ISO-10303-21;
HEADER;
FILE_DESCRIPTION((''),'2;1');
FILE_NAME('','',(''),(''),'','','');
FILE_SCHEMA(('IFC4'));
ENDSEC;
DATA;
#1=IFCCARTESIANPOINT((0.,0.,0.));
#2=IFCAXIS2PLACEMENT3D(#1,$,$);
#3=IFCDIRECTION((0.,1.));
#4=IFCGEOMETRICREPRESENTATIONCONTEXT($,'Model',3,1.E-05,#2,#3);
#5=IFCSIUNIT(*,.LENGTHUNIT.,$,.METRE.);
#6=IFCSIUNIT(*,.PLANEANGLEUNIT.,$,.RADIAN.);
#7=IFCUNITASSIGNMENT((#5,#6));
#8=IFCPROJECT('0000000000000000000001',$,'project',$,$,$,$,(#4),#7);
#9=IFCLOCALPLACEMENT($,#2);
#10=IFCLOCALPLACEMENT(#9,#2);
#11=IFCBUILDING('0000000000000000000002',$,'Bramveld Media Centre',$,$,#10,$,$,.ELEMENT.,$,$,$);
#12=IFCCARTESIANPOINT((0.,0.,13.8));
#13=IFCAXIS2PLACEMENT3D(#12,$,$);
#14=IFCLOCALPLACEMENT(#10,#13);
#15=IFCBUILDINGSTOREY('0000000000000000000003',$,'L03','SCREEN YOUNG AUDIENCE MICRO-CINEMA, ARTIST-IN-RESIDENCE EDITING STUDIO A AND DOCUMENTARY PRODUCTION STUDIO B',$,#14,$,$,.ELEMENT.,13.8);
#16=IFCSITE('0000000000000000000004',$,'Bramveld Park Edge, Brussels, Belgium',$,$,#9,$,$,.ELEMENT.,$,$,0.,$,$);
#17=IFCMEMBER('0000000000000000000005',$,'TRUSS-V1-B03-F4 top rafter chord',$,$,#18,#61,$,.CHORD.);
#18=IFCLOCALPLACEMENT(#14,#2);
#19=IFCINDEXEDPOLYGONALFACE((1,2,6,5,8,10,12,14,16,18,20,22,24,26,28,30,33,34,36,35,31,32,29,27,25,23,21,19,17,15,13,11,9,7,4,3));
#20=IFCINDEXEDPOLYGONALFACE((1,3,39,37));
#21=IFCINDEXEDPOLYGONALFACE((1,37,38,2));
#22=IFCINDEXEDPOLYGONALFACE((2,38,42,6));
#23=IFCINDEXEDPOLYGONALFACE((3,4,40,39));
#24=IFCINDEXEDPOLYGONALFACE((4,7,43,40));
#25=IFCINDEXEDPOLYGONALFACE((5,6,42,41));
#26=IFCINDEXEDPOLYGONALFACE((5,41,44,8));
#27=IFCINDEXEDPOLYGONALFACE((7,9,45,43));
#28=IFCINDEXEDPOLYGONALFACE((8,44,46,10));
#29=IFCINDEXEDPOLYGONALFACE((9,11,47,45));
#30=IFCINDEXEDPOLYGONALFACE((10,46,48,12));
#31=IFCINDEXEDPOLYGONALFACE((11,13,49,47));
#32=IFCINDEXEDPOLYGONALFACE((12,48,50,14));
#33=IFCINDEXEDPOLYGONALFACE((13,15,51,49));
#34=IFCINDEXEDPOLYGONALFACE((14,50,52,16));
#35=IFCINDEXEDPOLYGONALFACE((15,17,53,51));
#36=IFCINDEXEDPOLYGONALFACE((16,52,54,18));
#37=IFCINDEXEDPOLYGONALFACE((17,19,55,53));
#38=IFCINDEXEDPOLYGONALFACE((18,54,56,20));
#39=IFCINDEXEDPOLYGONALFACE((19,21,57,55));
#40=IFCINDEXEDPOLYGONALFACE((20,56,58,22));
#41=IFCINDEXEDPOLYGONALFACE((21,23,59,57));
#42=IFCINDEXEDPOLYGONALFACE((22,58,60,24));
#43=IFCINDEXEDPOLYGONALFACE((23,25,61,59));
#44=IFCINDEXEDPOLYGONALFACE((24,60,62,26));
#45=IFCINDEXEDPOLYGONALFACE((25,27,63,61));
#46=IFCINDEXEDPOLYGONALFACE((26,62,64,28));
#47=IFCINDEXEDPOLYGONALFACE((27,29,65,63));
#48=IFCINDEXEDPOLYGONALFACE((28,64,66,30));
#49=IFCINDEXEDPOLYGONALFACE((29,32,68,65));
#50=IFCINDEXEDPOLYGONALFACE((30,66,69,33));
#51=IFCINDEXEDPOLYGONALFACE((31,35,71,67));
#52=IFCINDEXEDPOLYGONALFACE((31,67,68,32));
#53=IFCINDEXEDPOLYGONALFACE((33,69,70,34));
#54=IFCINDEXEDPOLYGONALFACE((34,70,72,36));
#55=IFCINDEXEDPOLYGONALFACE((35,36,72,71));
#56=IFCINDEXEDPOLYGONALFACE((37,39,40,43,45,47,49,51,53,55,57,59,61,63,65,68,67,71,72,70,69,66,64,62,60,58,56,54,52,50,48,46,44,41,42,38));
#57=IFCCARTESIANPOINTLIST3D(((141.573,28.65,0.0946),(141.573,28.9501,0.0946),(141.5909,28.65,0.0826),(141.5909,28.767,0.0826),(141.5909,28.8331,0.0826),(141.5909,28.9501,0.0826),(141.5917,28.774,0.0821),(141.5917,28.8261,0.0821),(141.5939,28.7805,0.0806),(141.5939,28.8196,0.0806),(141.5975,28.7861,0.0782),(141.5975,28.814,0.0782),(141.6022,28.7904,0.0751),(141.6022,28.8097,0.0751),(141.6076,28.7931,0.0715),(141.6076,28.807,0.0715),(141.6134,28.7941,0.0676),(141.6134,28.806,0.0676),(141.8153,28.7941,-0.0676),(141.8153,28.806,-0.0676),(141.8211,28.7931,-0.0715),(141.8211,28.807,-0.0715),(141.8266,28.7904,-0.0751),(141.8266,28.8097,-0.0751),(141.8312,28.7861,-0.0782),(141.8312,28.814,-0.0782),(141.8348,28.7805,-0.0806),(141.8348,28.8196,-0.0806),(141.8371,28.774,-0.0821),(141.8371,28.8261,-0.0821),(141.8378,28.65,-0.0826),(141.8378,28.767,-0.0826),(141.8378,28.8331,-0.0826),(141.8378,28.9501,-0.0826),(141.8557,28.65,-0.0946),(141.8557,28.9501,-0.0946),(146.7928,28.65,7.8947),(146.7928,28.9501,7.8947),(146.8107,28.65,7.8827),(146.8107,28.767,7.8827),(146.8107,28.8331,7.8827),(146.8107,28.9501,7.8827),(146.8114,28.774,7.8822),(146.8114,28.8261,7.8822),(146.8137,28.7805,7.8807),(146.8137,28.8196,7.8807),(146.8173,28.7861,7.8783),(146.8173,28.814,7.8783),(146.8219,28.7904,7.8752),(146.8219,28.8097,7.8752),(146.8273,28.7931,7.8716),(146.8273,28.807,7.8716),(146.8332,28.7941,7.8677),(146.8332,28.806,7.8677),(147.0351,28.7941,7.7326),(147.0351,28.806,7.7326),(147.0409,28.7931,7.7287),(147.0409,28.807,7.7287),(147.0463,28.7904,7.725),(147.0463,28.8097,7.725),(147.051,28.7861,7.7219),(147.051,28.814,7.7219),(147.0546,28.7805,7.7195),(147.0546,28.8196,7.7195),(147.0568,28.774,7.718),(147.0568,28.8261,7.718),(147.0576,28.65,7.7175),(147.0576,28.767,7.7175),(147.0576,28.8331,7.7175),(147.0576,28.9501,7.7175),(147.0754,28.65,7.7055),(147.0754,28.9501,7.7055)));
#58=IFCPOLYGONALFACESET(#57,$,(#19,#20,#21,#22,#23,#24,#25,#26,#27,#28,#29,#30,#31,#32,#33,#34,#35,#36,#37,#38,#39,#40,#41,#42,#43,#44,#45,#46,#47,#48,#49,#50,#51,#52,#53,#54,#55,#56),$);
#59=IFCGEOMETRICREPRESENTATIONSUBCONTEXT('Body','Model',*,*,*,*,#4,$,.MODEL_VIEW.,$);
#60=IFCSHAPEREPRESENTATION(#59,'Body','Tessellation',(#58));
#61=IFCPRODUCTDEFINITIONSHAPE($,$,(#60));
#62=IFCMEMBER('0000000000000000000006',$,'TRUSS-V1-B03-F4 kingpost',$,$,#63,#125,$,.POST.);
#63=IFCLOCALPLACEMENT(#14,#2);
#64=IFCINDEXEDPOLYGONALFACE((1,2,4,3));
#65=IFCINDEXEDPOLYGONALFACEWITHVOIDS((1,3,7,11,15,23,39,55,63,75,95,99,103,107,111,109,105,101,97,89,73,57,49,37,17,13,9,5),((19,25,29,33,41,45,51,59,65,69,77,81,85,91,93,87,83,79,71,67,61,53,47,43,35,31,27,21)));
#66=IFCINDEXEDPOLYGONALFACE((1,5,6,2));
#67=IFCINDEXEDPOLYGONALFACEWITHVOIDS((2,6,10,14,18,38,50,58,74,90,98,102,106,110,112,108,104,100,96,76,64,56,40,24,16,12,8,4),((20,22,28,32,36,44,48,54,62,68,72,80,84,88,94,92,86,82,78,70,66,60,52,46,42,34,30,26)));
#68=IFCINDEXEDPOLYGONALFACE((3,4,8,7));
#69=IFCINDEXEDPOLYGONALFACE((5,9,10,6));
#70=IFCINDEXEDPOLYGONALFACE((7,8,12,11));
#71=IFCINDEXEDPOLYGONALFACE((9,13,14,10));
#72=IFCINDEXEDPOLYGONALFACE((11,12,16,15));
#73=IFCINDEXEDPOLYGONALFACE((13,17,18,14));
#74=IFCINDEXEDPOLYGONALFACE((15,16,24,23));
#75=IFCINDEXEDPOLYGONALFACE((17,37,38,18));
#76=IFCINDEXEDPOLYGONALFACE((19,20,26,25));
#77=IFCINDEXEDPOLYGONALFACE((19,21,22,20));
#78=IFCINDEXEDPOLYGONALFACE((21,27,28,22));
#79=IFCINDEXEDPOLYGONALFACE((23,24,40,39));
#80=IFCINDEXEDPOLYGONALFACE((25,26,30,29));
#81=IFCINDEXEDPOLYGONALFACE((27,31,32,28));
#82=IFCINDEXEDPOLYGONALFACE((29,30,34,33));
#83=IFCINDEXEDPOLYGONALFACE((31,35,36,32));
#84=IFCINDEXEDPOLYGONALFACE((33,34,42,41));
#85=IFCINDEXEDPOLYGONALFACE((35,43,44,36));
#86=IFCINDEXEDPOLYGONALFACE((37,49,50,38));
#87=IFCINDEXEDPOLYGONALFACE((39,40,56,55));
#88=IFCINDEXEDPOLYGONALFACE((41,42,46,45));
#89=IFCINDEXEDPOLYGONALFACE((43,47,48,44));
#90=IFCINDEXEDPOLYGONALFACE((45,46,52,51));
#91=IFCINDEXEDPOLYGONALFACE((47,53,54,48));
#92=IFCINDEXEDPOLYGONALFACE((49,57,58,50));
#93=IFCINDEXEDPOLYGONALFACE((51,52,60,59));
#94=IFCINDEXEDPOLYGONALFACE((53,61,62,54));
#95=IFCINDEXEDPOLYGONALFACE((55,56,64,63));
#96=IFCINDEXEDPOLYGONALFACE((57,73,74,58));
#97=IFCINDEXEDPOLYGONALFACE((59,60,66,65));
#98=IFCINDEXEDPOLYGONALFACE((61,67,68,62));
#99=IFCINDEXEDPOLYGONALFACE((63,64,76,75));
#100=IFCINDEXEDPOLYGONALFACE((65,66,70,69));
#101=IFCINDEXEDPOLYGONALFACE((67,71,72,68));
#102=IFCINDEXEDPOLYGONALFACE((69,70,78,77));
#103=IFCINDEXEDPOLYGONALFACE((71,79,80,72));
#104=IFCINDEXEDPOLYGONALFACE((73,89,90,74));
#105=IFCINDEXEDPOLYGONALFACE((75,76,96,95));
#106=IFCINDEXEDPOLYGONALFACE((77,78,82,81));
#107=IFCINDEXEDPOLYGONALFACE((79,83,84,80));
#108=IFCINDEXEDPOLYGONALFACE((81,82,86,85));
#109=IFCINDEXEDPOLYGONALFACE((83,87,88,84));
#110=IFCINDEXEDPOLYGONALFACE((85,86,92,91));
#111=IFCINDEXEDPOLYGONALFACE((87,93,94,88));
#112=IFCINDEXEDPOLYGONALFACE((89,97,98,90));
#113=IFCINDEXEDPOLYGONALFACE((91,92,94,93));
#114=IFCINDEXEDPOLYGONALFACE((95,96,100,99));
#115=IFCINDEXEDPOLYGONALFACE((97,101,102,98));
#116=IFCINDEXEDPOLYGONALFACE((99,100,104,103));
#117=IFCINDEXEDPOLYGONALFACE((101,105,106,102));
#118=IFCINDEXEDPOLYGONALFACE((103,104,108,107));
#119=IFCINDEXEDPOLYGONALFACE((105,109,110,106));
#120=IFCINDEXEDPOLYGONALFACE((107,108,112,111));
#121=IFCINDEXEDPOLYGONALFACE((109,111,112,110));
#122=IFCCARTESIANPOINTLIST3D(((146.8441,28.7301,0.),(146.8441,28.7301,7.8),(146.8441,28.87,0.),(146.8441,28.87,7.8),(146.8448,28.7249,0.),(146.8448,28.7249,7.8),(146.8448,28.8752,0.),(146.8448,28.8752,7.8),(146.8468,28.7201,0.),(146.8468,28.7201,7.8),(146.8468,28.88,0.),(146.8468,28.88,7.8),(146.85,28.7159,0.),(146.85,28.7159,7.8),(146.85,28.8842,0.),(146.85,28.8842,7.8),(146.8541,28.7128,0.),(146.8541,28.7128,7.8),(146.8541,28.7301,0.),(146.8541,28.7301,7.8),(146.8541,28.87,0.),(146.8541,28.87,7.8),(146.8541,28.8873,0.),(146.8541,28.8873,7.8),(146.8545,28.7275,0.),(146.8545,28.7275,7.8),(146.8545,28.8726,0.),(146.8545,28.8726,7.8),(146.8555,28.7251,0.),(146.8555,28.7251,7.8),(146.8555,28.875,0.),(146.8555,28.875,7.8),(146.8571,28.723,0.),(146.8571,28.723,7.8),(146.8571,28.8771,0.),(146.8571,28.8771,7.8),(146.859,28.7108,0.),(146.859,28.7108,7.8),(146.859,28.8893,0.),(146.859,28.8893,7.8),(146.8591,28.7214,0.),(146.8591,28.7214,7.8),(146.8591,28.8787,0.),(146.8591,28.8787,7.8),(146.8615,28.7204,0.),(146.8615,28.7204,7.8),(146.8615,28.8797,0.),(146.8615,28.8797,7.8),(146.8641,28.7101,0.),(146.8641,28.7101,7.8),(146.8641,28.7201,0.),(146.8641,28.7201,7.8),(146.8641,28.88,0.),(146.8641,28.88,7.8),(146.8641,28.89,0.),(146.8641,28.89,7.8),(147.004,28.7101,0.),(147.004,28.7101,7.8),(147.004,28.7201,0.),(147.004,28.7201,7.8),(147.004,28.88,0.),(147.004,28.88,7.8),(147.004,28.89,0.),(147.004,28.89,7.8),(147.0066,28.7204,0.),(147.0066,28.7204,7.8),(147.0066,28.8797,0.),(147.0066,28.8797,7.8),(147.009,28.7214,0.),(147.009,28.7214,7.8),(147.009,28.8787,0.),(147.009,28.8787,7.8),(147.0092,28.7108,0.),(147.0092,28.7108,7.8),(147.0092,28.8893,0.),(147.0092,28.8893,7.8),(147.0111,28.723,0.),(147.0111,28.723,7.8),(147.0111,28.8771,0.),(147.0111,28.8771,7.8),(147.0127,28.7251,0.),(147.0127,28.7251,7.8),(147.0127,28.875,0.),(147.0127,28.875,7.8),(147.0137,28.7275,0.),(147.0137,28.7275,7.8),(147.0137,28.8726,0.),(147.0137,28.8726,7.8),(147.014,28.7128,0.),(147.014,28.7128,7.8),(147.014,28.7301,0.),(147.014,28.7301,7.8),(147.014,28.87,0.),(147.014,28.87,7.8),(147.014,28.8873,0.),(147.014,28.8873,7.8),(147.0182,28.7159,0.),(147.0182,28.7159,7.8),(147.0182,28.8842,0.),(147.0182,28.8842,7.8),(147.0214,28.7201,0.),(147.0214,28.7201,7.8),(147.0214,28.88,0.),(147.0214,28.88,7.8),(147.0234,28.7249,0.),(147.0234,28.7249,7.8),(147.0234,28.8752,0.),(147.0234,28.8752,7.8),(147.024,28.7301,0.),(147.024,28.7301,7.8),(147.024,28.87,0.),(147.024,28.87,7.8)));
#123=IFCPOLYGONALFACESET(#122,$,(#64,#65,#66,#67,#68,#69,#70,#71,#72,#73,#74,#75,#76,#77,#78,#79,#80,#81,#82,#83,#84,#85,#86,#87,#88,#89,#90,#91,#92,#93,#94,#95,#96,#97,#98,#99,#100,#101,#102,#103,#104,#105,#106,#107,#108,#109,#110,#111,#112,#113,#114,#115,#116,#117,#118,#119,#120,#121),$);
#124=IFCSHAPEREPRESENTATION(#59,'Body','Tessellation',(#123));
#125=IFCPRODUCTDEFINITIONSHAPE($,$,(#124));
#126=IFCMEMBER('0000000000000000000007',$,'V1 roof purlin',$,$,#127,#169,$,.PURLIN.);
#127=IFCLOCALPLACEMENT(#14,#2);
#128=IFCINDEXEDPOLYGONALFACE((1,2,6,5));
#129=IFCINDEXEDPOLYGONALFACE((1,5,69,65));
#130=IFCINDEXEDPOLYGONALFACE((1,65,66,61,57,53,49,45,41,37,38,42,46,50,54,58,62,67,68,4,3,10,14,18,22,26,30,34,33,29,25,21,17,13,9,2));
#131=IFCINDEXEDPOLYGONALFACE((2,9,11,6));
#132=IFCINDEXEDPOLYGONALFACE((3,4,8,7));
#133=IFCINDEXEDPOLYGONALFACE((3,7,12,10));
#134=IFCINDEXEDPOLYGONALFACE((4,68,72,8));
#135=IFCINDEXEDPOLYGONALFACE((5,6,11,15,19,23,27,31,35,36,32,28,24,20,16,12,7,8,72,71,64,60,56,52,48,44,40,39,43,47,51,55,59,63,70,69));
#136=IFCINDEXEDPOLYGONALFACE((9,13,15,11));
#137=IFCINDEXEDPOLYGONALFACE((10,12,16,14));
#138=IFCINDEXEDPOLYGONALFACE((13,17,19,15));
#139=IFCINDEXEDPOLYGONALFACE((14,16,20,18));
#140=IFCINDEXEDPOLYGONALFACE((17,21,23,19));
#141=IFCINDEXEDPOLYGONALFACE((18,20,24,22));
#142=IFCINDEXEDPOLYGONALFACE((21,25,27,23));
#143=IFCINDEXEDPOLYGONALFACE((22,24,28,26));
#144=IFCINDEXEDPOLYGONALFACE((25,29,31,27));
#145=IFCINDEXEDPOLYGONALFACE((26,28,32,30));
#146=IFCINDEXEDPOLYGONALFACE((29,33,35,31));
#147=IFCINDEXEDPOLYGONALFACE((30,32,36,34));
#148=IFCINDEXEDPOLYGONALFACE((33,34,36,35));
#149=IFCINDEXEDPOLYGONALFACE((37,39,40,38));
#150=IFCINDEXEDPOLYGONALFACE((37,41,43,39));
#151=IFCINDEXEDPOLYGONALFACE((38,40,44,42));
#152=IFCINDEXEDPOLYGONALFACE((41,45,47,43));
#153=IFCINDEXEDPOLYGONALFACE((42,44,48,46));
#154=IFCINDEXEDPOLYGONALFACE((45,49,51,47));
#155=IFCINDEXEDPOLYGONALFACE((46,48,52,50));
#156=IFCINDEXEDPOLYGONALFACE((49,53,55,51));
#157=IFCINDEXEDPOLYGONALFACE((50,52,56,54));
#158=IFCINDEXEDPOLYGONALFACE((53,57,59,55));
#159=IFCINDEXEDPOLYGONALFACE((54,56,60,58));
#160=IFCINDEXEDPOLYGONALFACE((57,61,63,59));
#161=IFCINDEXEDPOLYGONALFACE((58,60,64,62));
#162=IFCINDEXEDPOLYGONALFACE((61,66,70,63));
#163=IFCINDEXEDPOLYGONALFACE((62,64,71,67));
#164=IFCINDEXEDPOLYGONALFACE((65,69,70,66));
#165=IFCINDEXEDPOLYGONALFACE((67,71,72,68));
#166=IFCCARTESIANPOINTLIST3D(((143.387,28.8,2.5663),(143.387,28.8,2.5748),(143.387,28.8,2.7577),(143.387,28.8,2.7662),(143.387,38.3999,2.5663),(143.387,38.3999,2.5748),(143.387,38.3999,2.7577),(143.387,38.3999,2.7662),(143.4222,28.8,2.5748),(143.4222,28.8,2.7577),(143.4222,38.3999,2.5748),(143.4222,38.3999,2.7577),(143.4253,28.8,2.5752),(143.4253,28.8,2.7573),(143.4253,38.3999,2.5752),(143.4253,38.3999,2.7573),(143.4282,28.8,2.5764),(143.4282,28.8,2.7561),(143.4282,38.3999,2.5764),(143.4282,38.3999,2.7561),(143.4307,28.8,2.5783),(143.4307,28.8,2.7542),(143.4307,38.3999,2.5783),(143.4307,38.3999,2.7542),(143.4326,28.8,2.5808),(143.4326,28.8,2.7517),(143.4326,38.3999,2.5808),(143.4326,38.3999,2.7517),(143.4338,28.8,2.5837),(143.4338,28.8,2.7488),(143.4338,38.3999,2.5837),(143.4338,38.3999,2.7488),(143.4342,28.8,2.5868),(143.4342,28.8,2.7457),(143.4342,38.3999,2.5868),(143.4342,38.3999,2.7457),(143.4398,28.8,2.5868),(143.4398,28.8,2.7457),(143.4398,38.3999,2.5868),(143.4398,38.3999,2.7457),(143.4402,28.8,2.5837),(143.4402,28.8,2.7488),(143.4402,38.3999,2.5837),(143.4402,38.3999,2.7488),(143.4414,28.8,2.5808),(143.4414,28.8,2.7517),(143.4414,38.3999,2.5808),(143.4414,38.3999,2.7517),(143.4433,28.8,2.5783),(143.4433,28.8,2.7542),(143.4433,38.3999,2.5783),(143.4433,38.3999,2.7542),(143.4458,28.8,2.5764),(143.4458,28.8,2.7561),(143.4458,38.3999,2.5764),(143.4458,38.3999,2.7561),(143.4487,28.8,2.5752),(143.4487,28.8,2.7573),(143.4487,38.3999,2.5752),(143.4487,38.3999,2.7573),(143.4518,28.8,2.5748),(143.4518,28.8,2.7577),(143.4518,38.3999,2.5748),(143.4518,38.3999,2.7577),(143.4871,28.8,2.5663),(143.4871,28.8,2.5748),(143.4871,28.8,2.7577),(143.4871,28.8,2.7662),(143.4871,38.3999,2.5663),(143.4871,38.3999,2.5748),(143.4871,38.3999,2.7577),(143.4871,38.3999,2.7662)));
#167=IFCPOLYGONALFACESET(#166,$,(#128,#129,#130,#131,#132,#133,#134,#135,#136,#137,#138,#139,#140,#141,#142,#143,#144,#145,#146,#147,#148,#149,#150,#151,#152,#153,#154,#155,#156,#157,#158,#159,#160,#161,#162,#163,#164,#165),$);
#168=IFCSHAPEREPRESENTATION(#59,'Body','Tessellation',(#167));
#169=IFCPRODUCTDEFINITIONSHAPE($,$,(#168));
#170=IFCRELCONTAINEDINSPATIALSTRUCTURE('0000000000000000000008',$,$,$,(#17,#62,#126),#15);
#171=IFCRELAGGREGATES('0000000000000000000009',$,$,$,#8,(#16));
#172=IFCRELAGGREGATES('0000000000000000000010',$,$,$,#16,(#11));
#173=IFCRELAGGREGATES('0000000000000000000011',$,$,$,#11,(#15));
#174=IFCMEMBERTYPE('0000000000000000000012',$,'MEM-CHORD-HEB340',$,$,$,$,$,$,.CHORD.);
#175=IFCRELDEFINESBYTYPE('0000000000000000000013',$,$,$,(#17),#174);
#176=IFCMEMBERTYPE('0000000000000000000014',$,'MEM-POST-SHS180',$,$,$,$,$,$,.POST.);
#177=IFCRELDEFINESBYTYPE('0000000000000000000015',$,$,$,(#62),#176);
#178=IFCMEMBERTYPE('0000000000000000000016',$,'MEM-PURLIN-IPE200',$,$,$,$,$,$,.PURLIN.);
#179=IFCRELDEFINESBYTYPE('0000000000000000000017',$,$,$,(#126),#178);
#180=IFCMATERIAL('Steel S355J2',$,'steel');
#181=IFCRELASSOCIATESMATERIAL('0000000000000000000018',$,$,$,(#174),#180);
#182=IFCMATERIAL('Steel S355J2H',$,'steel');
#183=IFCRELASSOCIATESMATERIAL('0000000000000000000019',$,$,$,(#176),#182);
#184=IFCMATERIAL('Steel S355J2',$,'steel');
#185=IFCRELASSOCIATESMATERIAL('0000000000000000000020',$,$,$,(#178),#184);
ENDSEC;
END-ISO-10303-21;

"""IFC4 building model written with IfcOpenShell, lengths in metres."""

from ifc_helpers import new_model, si_unit, direction, frame, origin, origin_2d, place, context, subcontext, project, spatial, hollow_rectangle, i_section, extrude, material, material_profile, profile_set, type_object, element, save


model = new_model("IFC4")

# Units and contexts
model_context = context("Model", 3, precision=1e-05, world=origin(), true_north=direction((0.0, 1.0)))
body_context = subcontext(model_context, "Body", "Model", "MODEL_VIEW")
ifc_project = project(units=[si_unit("LENGTHUNIT", "METRE"), si_unit("PLANEANGLEUNIT", "RADIAN")], contexts=[model_context])

# Site, building, storey
site_placement = place(None, origin())
site = spatial("IfcSite", under=ifc_project, at=site_placement, Name="Bramveld Park Edge, Brussels, Belgium", CompositionType="ELEMENT", RefElevation=0.0)
building_placement = place(site_placement, origin())
building = spatial("IfcBuilding", under=site, at=building_placement, Name="Bramveld Media Centre", CompositionType="ELEMENT")
storey_placement = place(building_placement, frame((0.0, 0.0, 13.8)))
storey = spatial("IfcBuildingStorey", under=building, at=storey_placement, Name="L03", Description="SCREEN YOUNG AUDIENCE MICRO-CINEMA, ARTIST-IN-RESIDENCE EDITING STUDIO A AND DOCUMENTARY PRODUCTION STUDIO B", CompositionType="ELEMENT", Elevation=13.8)

# Members
ifc_material_1 = material(Name="Steel S355J2", Category="steel")
ifc_material_profile_1 = material_profile(ifc_material_1, i_section(OverallWidth=0.3, OverallDepth=0.3401, WebThickness=0.012, FlangeThickness=0.0215, FilletRadius=0.0271, at=origin_2d()), Name="HEB 340")
ifc_profile_set_1 = profile_set([ifc_material_profile_1], Name="Steel S355J2")
member_type_1 = type_object("IfcMemberType", Name="MEM-CHORD-HEB340", PredefinedType="CHORD", material=ifc_profile_set_1)
member_1_placement = place(storey_placement, frame((141.7144, 28.8, 0.0), z_axis=(0.556152, 0.0, 0.831081), x_axis=(0.0, 1.0, 0.0)))
element("IfcMember", 1, at=member_1_placement, inside=storey, type_object=member_type_1, Name="TRUSS-V1-B03-F4 top rafter chord", PredefinedType="CHORD", context=body_context, shape_type="SweptSolid", body=[
    extrude(i_section(OverallWidth=0.3, OverallDepth=0.3401, WebThickness=0.012, FlangeThickness=0.0215, FilletRadius=0.0271, at=origin_2d()), origin(), (0.0, 0.0, 1.0), 9.3855),
])
ifc_material_2 = material(Name="Steel S355J2H", Category="steel")
ifc_material_profile_2 = material_profile(ifc_material_2, hollow_rectangle(XDim=0.1799, YDim=0.1799, WallThickness=0.01, InnerFilletRadius=0.01, OuterFilletRadius=0.02, at=origin_2d()), Name="SHS 180x180x10")
ifc_profile_set_2 = profile_set([ifc_material_profile_2], Name="Steel S355J2H")
member_type_2 = type_object("IfcMemberType", Name="MEM-POST-SHS180", PredefinedType="POST", material=ifc_profile_set_2)
member_2_placement = place(storey_placement, frame((146.9341, 28.8, 0.0), z_axis=(0.0, 0.0, 1.0), x_axis=(1.0, 0.0, 0.0)))
element("IfcMember", 2, at=member_2_placement, inside=storey, type_object=member_type_2, Name="TRUSS-V1-B03-F4 kingpost", PredefinedType="POST", context=body_context, shape_type="SweptSolid", body=[
    extrude(hollow_rectangle(XDim=0.1799, YDim=0.1799, WallThickness=0.01, InnerFilletRadius=0.01, OuterFilletRadius=0.02, at=origin_2d()), origin(), (0.0, 0.0, 1.0), 7.8),
])
ifc_material_3 = material(Name="Steel S355J2", Category="steel")
ifc_material_profile_3 = material_profile(ifc_material_3, i_section(OverallWidth=0.1001, OverallDepth=0.2, WebThickness=0.0056, FlangeThickness=0.0085, FilletRadius=0.012, at=origin_2d()), Name="IPE 200")
ifc_profile_set_3 = profile_set([ifc_material_profile_3], Name="Steel S355J2")
member_type_3 = type_object("IfcMemberType", Name="MEM-PURLIN-IPE200", PredefinedType="PURLIN", material=ifc_profile_set_3)
member_3_placement = place(storey_placement, frame((143.437, 28.8, 2.6663), z_axis=(0.0, 1.0, 0.0), x_axis=(-1.0, 0.0, 0.0)))
element("IfcMember", 3, at=member_3_placement, inside=storey, type_object=member_type_3, Name="V1 roof purlin", PredefinedType="PURLIN", context=body_context, shape_type="SweptSolid", body=[
    extrude(i_section(OverallWidth=0.1001, OverallDepth=0.2, WebThickness=0.0056, FlangeThickness=0.0085, FilletRadius=0.012, at=origin_2d()), origin(), (0.0, 0.0, 1.0), 9.5999),
])

save(model, "model.ifc")
